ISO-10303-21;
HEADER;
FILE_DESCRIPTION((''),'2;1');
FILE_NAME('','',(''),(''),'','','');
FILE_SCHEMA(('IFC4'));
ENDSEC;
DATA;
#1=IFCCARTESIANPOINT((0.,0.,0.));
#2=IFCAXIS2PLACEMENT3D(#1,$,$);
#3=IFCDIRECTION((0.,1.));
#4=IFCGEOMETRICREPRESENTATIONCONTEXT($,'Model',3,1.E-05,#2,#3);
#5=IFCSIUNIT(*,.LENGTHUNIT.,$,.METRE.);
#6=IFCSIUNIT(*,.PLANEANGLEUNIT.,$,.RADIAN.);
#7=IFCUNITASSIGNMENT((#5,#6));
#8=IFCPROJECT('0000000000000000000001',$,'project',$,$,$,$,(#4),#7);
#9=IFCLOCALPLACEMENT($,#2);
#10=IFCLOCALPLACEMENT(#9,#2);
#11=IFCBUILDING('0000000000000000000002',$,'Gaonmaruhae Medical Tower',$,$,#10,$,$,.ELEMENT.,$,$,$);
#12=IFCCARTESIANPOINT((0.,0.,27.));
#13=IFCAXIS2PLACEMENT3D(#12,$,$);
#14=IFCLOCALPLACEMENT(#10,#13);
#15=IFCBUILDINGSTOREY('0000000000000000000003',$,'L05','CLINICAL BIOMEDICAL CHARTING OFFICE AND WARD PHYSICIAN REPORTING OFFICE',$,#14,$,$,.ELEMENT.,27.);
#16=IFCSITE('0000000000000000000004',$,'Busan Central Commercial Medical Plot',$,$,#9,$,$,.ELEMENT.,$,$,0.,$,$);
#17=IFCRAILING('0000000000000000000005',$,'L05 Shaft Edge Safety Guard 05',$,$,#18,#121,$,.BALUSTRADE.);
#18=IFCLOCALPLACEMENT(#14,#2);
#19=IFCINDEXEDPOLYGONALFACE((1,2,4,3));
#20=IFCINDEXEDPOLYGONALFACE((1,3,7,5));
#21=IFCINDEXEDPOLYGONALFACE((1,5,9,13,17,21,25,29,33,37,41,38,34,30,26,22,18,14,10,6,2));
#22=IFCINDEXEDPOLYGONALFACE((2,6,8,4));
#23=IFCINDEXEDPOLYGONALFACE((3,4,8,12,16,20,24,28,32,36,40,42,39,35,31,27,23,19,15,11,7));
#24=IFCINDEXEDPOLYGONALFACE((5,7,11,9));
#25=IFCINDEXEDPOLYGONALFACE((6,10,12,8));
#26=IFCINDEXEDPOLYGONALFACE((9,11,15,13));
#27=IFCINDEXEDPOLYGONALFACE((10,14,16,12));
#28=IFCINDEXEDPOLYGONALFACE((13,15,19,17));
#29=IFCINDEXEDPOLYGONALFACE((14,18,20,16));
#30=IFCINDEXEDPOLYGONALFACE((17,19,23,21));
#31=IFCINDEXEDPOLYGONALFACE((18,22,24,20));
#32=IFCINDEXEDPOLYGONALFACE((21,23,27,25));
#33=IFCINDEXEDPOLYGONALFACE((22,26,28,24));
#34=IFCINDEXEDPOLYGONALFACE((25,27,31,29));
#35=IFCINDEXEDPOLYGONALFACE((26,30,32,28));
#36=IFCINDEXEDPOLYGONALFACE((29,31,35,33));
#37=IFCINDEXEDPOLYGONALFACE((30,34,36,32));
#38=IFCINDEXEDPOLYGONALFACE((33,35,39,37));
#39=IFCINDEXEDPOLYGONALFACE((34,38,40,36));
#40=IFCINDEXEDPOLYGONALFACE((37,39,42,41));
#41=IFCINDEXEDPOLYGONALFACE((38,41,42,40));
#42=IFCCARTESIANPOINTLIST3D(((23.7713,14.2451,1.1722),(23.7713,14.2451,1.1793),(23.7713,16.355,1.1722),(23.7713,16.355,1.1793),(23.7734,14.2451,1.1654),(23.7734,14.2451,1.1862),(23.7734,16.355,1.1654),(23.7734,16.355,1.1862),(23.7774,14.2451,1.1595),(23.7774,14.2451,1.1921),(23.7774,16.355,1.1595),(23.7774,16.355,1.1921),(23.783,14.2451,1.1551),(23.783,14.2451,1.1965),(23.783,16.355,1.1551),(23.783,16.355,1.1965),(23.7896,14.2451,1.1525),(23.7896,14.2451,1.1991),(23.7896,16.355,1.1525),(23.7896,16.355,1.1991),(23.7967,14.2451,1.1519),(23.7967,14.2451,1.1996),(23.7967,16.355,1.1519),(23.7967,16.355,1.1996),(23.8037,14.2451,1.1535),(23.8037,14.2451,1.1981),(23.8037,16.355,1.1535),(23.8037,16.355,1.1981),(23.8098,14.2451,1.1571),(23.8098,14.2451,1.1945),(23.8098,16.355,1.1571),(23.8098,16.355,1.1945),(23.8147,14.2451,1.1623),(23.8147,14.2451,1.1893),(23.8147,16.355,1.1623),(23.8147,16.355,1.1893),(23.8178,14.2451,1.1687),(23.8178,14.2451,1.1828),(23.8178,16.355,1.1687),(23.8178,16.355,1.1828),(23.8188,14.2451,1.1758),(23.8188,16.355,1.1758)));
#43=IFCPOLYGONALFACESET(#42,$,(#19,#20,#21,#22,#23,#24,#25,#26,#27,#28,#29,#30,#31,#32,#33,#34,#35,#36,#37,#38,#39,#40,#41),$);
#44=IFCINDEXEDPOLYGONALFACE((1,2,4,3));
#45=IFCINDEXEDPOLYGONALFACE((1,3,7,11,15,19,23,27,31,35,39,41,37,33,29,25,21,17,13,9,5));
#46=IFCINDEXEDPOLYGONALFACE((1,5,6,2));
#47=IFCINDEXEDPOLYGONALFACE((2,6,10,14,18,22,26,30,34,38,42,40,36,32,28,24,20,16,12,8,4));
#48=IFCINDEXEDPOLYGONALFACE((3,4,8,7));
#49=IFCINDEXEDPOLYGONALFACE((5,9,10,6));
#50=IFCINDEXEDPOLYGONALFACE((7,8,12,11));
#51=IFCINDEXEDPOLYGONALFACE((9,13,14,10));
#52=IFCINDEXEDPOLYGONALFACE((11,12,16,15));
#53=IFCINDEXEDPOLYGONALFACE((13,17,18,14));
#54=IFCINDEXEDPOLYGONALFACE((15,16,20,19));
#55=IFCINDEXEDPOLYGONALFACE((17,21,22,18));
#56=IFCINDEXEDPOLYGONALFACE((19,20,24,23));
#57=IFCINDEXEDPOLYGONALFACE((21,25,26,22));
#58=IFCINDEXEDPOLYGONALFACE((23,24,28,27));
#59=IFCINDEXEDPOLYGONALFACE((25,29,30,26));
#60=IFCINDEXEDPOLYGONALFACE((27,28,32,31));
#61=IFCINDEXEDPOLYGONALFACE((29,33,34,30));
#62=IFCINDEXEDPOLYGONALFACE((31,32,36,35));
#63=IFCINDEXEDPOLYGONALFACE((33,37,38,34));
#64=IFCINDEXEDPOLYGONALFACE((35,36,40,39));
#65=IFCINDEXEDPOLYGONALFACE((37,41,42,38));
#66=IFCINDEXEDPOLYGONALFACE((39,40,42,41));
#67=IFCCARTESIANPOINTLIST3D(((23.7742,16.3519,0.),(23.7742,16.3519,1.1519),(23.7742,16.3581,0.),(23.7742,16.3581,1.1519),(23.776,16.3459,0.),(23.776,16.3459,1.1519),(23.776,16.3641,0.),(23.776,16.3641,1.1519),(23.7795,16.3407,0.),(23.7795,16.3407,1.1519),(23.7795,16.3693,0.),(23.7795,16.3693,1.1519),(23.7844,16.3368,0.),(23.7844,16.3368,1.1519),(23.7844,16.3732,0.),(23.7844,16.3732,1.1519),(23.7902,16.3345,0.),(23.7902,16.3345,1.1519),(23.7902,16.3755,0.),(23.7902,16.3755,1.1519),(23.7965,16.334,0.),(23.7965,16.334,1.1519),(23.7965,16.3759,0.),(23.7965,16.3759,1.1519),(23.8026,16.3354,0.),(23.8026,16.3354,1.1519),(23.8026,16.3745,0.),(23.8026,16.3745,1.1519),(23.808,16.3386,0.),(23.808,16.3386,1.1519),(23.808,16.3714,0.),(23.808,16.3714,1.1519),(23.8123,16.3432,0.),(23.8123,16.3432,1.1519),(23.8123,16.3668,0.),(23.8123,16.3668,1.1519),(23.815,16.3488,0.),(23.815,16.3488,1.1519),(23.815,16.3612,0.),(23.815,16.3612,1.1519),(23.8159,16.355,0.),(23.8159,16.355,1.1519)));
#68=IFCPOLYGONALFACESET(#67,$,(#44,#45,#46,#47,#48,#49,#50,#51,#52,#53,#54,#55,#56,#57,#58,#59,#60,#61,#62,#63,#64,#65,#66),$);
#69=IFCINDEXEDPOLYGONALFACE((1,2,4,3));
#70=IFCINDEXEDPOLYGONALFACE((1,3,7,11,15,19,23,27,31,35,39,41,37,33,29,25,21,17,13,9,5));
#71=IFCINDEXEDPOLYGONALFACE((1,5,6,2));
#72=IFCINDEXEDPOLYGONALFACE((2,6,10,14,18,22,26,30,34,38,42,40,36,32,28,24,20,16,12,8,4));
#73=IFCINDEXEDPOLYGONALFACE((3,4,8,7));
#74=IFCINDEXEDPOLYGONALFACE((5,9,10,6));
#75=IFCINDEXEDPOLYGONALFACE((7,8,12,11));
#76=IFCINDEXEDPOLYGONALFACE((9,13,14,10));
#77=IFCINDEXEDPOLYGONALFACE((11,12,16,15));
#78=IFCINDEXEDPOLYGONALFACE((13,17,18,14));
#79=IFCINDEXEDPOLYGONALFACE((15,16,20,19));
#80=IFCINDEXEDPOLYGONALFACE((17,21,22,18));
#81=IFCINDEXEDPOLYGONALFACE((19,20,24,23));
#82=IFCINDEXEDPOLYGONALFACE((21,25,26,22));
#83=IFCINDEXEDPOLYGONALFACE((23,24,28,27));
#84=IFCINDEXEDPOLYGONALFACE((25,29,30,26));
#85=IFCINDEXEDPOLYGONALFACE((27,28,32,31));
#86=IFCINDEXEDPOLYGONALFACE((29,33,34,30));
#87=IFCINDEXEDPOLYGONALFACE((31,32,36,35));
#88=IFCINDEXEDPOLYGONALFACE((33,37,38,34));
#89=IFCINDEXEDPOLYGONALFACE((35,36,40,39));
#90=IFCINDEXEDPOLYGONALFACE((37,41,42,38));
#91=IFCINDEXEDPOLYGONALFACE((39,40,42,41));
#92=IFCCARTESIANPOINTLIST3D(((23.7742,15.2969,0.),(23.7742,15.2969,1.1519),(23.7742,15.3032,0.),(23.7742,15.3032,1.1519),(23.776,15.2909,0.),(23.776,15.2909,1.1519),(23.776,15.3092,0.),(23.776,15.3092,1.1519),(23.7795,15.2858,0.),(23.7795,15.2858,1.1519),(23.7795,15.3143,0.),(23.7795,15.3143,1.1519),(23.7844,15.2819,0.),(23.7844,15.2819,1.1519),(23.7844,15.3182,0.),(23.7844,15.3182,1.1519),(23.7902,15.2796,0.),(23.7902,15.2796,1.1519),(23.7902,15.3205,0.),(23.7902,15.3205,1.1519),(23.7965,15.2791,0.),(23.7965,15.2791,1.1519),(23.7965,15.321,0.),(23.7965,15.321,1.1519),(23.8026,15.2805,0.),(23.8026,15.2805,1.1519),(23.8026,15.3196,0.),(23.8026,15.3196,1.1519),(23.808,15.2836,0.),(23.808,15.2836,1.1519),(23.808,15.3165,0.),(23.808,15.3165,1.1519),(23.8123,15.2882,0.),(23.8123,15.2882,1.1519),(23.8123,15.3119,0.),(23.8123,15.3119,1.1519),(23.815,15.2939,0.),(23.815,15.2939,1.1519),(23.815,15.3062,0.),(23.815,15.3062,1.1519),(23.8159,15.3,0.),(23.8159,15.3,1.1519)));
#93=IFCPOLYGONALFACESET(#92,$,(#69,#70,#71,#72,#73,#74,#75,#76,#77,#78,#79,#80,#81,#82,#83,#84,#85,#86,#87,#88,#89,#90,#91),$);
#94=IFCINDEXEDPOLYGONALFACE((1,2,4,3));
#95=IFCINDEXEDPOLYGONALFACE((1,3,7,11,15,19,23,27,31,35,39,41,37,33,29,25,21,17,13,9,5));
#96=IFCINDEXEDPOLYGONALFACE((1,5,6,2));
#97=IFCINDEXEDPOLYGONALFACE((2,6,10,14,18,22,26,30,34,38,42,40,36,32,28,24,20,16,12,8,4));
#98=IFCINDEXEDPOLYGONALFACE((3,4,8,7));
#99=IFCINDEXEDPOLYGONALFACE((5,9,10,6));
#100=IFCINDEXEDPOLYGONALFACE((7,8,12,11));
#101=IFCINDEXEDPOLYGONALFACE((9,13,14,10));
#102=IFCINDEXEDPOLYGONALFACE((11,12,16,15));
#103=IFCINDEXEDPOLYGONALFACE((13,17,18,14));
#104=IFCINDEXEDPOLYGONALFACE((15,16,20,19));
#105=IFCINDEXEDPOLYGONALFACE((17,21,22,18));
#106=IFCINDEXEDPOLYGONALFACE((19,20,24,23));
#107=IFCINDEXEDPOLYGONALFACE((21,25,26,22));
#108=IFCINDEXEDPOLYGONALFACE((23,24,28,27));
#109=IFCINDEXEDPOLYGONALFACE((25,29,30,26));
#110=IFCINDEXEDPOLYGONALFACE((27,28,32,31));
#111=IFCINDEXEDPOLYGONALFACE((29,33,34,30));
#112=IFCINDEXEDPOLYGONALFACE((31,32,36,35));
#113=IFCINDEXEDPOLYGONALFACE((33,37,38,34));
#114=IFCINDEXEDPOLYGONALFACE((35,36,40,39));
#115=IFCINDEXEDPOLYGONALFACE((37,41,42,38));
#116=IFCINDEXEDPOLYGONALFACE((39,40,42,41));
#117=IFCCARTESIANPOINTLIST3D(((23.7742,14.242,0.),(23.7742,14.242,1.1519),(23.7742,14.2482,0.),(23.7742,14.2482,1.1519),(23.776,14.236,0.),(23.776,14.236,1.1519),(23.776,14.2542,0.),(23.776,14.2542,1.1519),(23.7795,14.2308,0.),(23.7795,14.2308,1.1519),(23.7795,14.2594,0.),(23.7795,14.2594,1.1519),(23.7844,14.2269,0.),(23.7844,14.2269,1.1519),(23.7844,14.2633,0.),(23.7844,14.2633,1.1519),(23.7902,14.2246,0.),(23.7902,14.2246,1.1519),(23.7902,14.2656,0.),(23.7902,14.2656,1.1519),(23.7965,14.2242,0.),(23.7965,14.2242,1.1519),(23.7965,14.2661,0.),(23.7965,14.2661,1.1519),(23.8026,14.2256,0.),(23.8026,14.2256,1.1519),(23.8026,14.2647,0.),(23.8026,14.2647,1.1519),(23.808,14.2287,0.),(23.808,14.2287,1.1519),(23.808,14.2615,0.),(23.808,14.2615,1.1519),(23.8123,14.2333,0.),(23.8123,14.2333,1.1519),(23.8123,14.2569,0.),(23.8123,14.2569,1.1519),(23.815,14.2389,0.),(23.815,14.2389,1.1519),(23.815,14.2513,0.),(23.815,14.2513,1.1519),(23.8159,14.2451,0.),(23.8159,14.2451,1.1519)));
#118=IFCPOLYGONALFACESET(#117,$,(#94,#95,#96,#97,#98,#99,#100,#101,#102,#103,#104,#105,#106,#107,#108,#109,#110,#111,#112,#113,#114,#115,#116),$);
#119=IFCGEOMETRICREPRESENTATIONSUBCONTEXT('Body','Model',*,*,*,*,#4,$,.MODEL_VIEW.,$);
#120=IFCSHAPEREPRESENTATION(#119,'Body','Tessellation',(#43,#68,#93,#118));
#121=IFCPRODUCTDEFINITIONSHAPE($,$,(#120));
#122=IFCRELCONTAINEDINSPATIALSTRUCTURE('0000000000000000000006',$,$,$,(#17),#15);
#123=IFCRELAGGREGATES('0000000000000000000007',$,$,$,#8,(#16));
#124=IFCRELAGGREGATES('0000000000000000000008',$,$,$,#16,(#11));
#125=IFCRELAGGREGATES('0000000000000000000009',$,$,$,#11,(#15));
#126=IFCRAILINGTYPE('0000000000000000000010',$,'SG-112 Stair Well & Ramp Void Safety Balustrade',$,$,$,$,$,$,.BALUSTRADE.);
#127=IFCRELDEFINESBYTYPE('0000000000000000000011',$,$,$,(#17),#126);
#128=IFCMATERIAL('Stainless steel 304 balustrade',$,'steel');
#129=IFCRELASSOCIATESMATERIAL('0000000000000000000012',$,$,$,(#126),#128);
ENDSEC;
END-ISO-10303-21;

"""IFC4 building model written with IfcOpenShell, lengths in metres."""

from ifc_helpers import new_model, si_unit, direction, frame, origin, origin_2d, place, context, subcontext, project, spatial, circle, extrude, material, type_object, element, save


model = new_model("IFC4")

# Units and contexts
model_context = context("Model", 3, precision=1e-05, world=origin(), true_north=direction((0.0, 1.0)))
body_context = subcontext(model_context, "Body", "Model", "MODEL_VIEW")
ifc_project = project(units=[si_unit("LENGTHUNIT", "METRE"), si_unit("PLANEANGLEUNIT", "RADIAN")], contexts=[model_context])

# Site, building, storey
site_placement = place(None, origin())
site = spatial("IfcSite", under=ifc_project, at=site_placement, Name="Busan Central Commercial Medical Plot", CompositionType="ELEMENT", RefElevation=0.0)
building_placement = place(site_placement, origin())
building = spatial("IfcBuilding", under=site, at=building_placement, Name="Gaonmaruhae Medical Tower", CompositionType="ELEMENT")
storey_placement = place(building_placement, frame((0.0, 0.0, 27.0)))
storey = spatial("IfcBuildingStorey", under=building, at=storey_placement, Name="L05", Description="CLINICAL BIOMEDICAL CHARTING OFFICE AND WARD PHYSICIAN REPORTING OFFICE", CompositionType="ELEMENT", Elevation=27.0)

# Railing
ifc_material_1 = material(Name="Stainless steel 304 balustrade", Category="steel")
railing_type_1 = type_object("IfcRailingType", Name="SG-112 Stair Well & Ramp Void Safety Balustrade", PredefinedType="BALUSTRADE", material=ifc_material_1)
railing_1_placement = place(storey_placement, frame((23.7949, 16.355, 0.0)))
element("IfcRailing", 1, at=railing_1_placement, inside=storey, type_object=railing_type_1, Name="L05 Shaft Edge Safety Guard 05", PredefinedType="BALUSTRADE", context=body_context, shape_type="SweptSolid", body=[
    extrude(circle(Radius=0.0239, at=origin_2d()), frame((0.0, 0.0, 1.1758), z_axis=(0.0, -1.0, 0.0), x_axis=(1.0, 0.0, 0.0)), (0.0, 0.0, 1.0), 2.1099),
    extrude(circle(Radius=0.021, at=origin_2d()), origin(), (0.0, 0.0, 1.0), 1.1519),
    extrude(circle(Radius=0.021, at=origin_2d()), frame((0.0, -1.0549, 0.0)), (0.0, 0.0, 1.0), 1.1519),
    extrude(circle(Radius=0.021, at=origin_2d()), frame((0.0, -2.1099, 0.0)), (0.0, 0.0, 1.0), 1.1519),
])

save(model, "model.ifc")
